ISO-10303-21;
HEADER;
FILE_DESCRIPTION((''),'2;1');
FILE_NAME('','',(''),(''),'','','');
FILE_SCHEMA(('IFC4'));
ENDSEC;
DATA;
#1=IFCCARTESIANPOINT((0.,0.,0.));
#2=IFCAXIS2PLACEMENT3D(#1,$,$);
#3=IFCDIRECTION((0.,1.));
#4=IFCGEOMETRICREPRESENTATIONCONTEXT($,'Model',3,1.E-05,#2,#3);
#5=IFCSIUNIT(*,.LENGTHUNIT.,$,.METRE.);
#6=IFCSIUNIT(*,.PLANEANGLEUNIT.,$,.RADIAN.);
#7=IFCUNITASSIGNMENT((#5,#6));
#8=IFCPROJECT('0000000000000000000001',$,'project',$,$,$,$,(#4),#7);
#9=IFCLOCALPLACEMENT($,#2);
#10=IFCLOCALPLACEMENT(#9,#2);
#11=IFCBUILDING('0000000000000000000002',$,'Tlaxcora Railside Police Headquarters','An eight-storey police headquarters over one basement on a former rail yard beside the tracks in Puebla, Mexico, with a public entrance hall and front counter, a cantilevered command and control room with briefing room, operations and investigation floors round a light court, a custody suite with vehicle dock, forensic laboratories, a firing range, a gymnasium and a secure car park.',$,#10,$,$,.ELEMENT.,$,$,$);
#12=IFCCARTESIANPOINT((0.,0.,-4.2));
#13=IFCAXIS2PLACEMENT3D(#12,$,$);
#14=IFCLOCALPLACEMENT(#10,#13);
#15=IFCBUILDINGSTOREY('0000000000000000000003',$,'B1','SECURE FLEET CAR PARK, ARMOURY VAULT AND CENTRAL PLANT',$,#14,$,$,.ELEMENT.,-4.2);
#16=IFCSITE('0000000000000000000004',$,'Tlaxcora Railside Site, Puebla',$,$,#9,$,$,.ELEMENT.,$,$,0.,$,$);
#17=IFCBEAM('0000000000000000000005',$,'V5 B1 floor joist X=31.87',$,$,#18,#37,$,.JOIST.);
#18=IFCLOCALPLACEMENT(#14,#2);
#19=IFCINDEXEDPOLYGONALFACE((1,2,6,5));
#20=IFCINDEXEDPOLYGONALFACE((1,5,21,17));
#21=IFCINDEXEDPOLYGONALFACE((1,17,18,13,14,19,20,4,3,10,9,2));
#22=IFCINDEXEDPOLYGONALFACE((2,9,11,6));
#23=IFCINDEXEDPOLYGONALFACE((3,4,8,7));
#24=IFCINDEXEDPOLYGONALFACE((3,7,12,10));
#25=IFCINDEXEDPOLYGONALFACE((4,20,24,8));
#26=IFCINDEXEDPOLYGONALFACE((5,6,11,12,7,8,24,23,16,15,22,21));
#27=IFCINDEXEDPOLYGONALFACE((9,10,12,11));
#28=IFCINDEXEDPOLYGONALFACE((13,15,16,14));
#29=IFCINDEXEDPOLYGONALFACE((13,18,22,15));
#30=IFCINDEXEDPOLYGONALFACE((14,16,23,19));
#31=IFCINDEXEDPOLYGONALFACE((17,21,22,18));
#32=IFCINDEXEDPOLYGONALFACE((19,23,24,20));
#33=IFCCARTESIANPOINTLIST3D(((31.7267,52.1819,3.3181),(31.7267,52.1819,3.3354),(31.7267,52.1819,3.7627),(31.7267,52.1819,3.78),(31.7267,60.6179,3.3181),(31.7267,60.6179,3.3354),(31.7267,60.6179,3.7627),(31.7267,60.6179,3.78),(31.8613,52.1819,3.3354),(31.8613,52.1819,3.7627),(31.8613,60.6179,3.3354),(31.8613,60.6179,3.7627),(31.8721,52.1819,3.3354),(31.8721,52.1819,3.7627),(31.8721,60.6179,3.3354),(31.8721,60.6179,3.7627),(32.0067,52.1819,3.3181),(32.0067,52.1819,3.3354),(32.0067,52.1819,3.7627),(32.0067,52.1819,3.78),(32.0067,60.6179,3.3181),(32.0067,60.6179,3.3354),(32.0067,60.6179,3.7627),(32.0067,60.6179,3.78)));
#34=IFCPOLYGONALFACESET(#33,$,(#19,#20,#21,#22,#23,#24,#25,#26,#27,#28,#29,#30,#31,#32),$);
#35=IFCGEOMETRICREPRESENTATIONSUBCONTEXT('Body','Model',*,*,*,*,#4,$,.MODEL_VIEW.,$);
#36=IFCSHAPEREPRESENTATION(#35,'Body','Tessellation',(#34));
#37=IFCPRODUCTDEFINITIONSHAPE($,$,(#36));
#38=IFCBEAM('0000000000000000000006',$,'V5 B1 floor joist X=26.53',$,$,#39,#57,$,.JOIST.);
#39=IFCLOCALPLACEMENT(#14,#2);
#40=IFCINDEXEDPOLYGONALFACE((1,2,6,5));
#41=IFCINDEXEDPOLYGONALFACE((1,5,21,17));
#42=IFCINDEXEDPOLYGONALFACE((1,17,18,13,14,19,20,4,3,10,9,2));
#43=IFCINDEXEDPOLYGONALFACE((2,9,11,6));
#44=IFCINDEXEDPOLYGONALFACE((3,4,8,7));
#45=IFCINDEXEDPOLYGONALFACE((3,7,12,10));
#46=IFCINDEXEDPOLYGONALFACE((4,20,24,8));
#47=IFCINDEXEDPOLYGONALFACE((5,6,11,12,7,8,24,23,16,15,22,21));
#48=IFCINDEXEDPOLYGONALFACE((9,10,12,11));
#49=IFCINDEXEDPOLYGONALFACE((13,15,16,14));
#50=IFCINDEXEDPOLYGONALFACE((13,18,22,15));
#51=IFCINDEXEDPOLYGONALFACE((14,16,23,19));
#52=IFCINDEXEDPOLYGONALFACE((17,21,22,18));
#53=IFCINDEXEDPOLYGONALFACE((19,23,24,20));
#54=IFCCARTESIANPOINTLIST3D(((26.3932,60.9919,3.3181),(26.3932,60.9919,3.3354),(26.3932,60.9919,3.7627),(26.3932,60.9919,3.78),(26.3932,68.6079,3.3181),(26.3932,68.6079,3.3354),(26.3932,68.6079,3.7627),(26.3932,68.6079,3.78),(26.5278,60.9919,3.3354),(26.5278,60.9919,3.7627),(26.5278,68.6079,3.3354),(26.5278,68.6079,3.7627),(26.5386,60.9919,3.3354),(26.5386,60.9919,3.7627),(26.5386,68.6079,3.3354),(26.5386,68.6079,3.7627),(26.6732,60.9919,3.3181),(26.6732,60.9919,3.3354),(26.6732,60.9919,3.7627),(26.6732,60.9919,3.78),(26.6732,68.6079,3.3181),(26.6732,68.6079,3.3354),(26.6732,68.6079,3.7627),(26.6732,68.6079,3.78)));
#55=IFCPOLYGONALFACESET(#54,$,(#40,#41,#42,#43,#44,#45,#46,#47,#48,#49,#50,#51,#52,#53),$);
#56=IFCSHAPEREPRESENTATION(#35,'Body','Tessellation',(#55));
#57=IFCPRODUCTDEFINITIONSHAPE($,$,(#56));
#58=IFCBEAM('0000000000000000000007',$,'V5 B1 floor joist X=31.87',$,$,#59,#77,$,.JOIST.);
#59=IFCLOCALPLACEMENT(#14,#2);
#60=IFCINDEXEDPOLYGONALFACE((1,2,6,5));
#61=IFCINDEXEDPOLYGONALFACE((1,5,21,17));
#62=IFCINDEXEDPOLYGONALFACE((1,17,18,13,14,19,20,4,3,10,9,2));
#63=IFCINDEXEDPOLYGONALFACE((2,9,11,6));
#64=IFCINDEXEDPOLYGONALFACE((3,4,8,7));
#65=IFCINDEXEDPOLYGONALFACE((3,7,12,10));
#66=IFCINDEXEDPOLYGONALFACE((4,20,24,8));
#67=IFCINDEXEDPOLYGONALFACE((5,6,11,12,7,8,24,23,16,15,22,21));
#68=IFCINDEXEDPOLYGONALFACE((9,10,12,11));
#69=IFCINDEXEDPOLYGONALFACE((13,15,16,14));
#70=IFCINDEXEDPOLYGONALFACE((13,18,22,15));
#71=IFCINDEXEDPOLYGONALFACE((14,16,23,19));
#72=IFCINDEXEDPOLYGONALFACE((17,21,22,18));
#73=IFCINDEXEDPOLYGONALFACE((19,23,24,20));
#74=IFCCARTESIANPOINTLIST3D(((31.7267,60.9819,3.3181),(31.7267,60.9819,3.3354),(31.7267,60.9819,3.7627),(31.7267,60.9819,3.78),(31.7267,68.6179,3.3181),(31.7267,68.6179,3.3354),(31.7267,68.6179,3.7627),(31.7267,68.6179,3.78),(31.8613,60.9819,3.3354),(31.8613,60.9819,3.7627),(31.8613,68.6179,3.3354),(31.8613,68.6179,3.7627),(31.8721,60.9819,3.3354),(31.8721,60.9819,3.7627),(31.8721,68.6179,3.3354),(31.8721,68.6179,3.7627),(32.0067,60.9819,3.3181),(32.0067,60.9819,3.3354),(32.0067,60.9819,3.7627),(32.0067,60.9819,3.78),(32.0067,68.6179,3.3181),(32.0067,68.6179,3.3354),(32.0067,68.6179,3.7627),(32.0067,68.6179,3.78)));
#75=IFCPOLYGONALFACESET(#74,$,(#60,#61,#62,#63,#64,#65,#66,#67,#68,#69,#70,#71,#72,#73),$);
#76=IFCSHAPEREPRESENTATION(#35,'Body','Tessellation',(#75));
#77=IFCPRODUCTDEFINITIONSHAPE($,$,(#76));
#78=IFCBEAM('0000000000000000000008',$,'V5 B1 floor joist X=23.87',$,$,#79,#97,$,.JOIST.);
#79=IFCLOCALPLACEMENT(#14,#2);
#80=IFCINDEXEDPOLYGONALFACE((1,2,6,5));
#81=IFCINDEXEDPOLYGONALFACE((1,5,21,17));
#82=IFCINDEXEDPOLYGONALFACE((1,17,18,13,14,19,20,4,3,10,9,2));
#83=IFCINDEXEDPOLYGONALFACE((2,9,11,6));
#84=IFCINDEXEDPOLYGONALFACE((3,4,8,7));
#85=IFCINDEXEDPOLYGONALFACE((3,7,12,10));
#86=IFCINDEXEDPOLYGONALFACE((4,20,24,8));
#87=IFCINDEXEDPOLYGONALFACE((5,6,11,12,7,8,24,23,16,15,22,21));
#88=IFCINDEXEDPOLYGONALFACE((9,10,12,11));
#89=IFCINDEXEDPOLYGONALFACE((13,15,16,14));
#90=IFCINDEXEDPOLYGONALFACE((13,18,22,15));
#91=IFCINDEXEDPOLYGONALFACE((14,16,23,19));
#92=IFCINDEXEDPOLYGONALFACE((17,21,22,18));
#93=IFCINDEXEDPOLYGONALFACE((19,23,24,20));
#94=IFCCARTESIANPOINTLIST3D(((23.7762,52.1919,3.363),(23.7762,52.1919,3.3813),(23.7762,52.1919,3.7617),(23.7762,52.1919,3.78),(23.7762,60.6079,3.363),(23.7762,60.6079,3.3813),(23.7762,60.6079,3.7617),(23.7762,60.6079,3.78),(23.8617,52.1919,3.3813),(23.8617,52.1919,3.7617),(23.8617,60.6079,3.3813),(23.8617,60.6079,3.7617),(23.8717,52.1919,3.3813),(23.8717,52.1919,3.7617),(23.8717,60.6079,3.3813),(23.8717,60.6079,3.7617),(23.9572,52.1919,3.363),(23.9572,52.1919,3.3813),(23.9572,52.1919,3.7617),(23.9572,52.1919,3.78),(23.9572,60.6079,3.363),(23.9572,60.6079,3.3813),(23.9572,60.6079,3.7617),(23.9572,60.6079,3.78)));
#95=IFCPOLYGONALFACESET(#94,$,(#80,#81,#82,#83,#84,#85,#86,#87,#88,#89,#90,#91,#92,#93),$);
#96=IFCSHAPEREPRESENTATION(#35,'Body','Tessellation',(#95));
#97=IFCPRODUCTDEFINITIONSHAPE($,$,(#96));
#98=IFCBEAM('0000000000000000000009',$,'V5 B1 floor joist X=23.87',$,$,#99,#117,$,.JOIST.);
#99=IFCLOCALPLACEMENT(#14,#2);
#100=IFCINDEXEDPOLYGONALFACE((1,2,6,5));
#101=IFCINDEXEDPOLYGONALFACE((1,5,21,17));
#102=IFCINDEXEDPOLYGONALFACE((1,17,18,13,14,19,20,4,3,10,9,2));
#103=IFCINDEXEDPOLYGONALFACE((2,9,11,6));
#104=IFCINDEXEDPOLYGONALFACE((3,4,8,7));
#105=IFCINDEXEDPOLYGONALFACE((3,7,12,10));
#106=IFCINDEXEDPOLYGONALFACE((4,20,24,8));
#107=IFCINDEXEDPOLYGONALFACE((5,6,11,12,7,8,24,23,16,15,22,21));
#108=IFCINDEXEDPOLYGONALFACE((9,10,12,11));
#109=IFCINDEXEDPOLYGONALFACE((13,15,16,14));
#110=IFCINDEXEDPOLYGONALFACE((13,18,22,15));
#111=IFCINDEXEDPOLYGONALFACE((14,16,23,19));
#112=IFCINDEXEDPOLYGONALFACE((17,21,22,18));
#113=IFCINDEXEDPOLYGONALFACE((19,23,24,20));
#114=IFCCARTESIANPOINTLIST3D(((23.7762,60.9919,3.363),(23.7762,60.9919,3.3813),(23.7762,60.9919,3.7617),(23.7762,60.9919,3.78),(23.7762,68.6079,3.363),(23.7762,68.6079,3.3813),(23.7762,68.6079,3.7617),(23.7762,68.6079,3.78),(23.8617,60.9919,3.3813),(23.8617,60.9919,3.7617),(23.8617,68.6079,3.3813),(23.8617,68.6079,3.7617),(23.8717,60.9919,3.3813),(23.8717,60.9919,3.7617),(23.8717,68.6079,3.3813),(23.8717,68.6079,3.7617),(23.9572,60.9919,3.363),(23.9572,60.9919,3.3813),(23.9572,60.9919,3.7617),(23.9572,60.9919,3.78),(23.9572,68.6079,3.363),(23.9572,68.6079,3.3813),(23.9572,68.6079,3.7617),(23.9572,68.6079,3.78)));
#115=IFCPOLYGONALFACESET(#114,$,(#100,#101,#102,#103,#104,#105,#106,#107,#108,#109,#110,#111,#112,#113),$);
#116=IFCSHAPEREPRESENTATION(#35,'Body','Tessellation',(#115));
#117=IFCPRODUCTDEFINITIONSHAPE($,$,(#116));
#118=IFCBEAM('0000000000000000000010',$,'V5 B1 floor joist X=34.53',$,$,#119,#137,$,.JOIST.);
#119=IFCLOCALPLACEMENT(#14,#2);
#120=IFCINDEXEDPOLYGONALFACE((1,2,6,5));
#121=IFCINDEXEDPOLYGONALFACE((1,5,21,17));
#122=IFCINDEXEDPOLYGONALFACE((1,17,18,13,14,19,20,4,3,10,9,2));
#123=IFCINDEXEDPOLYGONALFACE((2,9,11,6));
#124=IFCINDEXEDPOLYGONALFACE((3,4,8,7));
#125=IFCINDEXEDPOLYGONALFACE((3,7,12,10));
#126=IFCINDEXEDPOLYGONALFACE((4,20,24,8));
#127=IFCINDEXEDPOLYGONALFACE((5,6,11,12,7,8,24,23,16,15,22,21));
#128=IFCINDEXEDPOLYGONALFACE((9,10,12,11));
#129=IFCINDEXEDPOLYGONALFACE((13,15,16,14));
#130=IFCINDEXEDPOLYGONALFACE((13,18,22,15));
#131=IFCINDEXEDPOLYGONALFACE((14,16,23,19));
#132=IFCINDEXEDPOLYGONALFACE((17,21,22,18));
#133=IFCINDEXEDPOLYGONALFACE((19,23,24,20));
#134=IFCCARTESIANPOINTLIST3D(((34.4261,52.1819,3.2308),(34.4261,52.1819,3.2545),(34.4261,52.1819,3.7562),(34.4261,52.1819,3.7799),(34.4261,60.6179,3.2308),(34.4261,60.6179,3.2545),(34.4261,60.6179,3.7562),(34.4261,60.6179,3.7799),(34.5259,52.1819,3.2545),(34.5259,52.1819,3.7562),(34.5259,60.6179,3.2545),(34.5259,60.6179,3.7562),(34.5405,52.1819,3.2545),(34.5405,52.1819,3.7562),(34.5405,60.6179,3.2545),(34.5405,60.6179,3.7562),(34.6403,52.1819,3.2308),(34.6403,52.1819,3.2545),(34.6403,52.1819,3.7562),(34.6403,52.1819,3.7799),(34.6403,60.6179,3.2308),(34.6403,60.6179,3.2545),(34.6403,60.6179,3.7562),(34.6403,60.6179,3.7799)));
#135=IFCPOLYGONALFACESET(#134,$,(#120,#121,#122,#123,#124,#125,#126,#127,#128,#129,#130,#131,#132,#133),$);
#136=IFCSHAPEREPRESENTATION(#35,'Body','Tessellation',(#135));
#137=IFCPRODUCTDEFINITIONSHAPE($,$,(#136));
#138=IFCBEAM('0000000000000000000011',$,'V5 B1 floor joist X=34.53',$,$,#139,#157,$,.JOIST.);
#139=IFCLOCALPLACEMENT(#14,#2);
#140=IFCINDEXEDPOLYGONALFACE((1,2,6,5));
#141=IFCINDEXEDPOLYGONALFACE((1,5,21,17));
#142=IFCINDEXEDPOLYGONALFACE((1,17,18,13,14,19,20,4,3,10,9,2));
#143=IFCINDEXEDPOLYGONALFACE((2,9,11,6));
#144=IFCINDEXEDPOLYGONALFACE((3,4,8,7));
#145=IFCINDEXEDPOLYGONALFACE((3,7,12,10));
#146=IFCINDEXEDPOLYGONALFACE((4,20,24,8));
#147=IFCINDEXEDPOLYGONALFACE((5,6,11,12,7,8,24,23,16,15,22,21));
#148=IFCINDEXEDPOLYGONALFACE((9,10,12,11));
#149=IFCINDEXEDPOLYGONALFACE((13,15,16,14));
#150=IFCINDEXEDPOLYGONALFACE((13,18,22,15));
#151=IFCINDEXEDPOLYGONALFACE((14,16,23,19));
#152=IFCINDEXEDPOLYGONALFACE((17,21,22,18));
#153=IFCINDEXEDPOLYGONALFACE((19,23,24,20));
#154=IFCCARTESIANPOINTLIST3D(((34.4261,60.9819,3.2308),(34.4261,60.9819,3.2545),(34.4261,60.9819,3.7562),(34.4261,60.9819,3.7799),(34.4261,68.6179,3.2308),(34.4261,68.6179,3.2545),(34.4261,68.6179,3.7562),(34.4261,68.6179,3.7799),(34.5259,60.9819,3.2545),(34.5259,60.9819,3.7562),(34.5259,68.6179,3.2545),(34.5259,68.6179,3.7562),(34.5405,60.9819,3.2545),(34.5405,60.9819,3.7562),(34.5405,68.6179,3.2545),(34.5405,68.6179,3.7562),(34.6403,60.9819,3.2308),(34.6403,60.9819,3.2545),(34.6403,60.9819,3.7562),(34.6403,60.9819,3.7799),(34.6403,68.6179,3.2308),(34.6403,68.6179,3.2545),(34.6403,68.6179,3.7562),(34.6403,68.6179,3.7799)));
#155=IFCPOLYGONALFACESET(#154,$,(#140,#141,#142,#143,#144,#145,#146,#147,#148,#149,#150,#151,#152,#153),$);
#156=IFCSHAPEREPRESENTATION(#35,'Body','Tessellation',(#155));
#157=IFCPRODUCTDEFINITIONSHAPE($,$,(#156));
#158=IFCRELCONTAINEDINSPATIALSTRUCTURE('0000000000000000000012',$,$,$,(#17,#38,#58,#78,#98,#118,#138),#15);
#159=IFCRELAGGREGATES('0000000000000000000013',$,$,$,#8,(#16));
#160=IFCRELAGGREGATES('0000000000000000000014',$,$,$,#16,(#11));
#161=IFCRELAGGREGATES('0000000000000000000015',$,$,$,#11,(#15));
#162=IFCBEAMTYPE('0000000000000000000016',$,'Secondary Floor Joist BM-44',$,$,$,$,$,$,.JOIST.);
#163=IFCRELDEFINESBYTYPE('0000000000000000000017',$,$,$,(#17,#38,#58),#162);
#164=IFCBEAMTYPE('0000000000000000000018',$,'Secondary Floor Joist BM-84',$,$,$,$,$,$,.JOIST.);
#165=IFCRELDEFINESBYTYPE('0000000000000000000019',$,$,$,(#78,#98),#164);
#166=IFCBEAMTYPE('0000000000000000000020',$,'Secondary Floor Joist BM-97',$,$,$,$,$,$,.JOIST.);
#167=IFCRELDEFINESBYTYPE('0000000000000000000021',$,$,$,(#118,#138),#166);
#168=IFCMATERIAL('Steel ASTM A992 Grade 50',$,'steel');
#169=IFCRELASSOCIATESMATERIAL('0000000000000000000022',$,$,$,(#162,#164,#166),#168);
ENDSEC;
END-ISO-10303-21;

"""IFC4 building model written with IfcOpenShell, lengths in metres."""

from ifc_helpers import new_model, si_unit, direction, frame, origin, origin_2d, place, context, subcontext, project, spatial, i_section, extrude, material, material_profile, profile_set, type_object, element, save


model = new_model("IFC4")

# Units and contexts
model_context = context("Model", 3, precision=1e-05, world=origin(), true_north=direction((0.0, 1.0)))
body_context = subcontext(model_context, "Body", "Model", "MODEL_VIEW")
ifc_project = project(units=[si_unit("LENGTHUNIT", "METRE"), si_unit("PLANEANGLEUNIT", "RADIAN")], contexts=[model_context])

# Site, building, storey
site_placement = place(None, origin())
site = spatial("IfcSite", under=ifc_project, at=site_placement, Name="Tlaxcora Railside Site, Puebla", CompositionType="ELEMENT", RefElevation=0.0)
building_placement = place(site_placement, origin())
building = spatial("IfcBuilding", under=site, at=building_placement, Name="Tlaxcora Railside Police Headquarters", Description="An eight-storey police headquarters over one basement on a former rail yard beside the tracks in Puebla, Mexico, with a public entrance hall and front counter, a cantilevered command and control room with briefing room, operations and investigation floors round a light court, a custody suite with vehicle dock, forensic laboratories, a firing range, a gymnasium and a secure car park.", CompositionType="ELEMENT")
storey_placement = place(building_placement, frame((0.0, 0.0, -4.2)))
storey = spatial("IfcBuildingStorey", under=building, at=storey_placement, Name="B1", Description="SECURE FLEET CAR PARK, ARMOURY VAULT AND CENTRAL PLANT", CompositionType="ELEMENT", Elevation=-4.2)

# Beams
ifc_material_1 = material(Name="Steel ASTM A992 Grade 50", Category="steel")
ifc_material_profile_1 = material_profile(ifc_material_1, i_section(OverallWidth=0.28, OverallDepth=0.4619, WebThickness=0.0107, FlangeThickness=0.0173, at=origin_2d()), Name="W18X76")
ifc_profile_set_1 = profile_set([ifc_material_profile_1], Name="Steel ASTM A992 Grade 50")
beam_type_1 = type_object("IfcBeamType", Name="Secondary Floor Joist BM-44", PredefinedType="JOIST", material=ifc_profile_set_1)
beam_1_placement = place(storey_placement, frame((31.8667, 52.1819, 3.5491), z_axis=(0.0, 1.0, 0.0), x_axis=(-1.0, 0.0, 0.0)))
element("IfcBeam", 1, at=beam_1_placement, inside=storey, type_object=beam_type_1, Name="V5 B1 floor joist X=31.87", PredefinedType="JOIST", context=body_context, shape_type="SweptSolid", body=[
    extrude(i_section(OverallWidth=0.28, OverallDepth=0.4619, WebThickness=0.0107, FlangeThickness=0.0173, at=origin_2d()), origin(), (0.0, 0.0, 1.0), 8.436),
])
beam_2_placement = place(storey_placement, frame((26.5332, 60.9919, 3.5491), z_axis=(0.0, 1.0, 0.0), x_axis=(-1.0, 0.0, 0.0)))
element("IfcBeam", 2, at=beam_2_placement, inside=storey, type_object=beam_type_1, Name="V5 B1 floor joist X=26.53", PredefinedType="JOIST", context=body_context, shape_type="SweptSolid", body=[
    extrude(i_section(OverallWidth=0.28, OverallDepth=0.4619, WebThickness=0.0107, FlangeThickness=0.0173, at=origin_2d()), origin(), (0.0, 0.0, 1.0), 7.616),
])
beam_3_placement = place(storey_placement, frame((31.8667, 60.9819, 3.5491), z_axis=(0.0, 1.0, 0.0), x_axis=(-1.0, 0.0, 0.0)))
element("IfcBeam", 3, at=beam_3_placement, inside=storey, type_object=beam_type_1, Name="V5 B1 floor joist X=31.87", PredefinedType="JOIST", context=body_context, shape_type="SweptSolid", body=[
    extrude(i_section(OverallWidth=0.28, OverallDepth=0.4619, WebThickness=0.0107, FlangeThickness=0.0173, at=origin_2d()), origin(), (0.0, 0.0, 1.0), 7.636),
])
ifc_material_profile_2 = material_profile(ifc_material_1, i_section(OverallWidth=0.1809, OverallDepth=0.417, WebThickness=0.01, FlangeThickness=0.0183, at=origin_2d()), Name="W16X57")
ifc_profile_set_2 = profile_set([ifc_material_profile_2], Name="Steel ASTM A992 Grade 50")
beam_type_2 = type_object("IfcBeamType", Name="Secondary Floor Joist BM-84", PredefinedType="JOIST", material=ifc_profile_set_2)
beam_4_placement = place(storey_placement, frame((23.8667, 52.1919, 3.5715), z_axis=(0.0, 1.0, 0.0), x_axis=(-1.0, 0.0, 0.0)))
element("IfcBeam", 4, at=beam_4_placement, inside=storey, type_object=beam_type_2, Name="V5 B1 floor joist X=23.87", PredefinedType="JOIST", context=body_context, shape_type="SweptSolid", body=[
    extrude(i_section(OverallWidth=0.1809, OverallDepth=0.417, WebThickness=0.01, FlangeThickness=0.0183, at=origin_2d()), origin(), (0.0, 0.0, 1.0), 8.416),
])
beam_5_placement = place(storey_placement, frame((23.8667, 60.9919, 3.5715), z_axis=(0.0, 1.0, 0.0), x_axis=(-1.0, 0.0, 0.0)))
element("IfcBeam", 5, at=beam_5_placement, inside=storey, type_object=beam_type_2, Name="V5 B1 floor joist X=23.87", PredefinedType="JOIST", context=body_context, shape_type="SweptSolid", body=[
    extrude(i_section(OverallWidth=0.1809, OverallDepth=0.417, WebThickness=0.01, FlangeThickness=0.0183, at=origin_2d()), origin(), (0.0, 0.0, 1.0), 7.616),
])
ifc_material_profile_3 = material_profile(ifc_material_1, i_section(OverallWidth=0.2141, OverallDepth=0.5491, WebThickness=0.0146, FlangeThickness=0.0237, at=origin_2d()), Name="W21X93")
ifc_profile_set_3 = profile_set([ifc_material_profile_3], Name="Steel ASTM A992 Grade 50")
beam_type_3 = type_object("IfcBeamType", Name="Secondary Floor Joist BM-97", PredefinedType="JOIST", material=ifc_profile_set_3)
beam_6_placement = place(storey_placement, frame((34.5332, 52.1819, 3.5054), z_axis=(0.0, 1.0, 0.0), x_axis=(-1.0, 0.0, 0.0)))
element("IfcBeam", 6, at=beam_6_placement, inside=storey, type_object=beam_type_3, Name="V5 B1 floor joist X=34.53", PredefinedType="JOIST", context=body_context, shape_type="SweptSolid", body=[
    extrude(i_section(OverallWidth=0.2141, OverallDepth=0.5491, WebThickness=0.0146, FlangeThickness=0.0237, at=origin_2d()), origin(), (0.0, 0.0, 1.0), 8.436),
])
beam_7_placement = place(storey_placement, frame((34.5332, 60.9819, 3.5054), z_axis=(0.0, 1.0, 0.0), x_axis=(-1.0, 0.0, 0.0)))
element("IfcBeam", 7, at=beam_7_placement, inside=storey, type_object=beam_type_3, Name="V5 B1 floor joist X=34.53", PredefinedType="JOIST", context=body_context, shape_type="SweptSolid", body=[
    extrude(i_section(OverallWidth=0.2141, OverallDepth=0.5491, WebThickness=0.0146, FlangeThickness=0.0237, at=origin_2d()), origin(), (0.0, 0.0, 1.0), 7.636),
])

save(model, "model.ifc")
